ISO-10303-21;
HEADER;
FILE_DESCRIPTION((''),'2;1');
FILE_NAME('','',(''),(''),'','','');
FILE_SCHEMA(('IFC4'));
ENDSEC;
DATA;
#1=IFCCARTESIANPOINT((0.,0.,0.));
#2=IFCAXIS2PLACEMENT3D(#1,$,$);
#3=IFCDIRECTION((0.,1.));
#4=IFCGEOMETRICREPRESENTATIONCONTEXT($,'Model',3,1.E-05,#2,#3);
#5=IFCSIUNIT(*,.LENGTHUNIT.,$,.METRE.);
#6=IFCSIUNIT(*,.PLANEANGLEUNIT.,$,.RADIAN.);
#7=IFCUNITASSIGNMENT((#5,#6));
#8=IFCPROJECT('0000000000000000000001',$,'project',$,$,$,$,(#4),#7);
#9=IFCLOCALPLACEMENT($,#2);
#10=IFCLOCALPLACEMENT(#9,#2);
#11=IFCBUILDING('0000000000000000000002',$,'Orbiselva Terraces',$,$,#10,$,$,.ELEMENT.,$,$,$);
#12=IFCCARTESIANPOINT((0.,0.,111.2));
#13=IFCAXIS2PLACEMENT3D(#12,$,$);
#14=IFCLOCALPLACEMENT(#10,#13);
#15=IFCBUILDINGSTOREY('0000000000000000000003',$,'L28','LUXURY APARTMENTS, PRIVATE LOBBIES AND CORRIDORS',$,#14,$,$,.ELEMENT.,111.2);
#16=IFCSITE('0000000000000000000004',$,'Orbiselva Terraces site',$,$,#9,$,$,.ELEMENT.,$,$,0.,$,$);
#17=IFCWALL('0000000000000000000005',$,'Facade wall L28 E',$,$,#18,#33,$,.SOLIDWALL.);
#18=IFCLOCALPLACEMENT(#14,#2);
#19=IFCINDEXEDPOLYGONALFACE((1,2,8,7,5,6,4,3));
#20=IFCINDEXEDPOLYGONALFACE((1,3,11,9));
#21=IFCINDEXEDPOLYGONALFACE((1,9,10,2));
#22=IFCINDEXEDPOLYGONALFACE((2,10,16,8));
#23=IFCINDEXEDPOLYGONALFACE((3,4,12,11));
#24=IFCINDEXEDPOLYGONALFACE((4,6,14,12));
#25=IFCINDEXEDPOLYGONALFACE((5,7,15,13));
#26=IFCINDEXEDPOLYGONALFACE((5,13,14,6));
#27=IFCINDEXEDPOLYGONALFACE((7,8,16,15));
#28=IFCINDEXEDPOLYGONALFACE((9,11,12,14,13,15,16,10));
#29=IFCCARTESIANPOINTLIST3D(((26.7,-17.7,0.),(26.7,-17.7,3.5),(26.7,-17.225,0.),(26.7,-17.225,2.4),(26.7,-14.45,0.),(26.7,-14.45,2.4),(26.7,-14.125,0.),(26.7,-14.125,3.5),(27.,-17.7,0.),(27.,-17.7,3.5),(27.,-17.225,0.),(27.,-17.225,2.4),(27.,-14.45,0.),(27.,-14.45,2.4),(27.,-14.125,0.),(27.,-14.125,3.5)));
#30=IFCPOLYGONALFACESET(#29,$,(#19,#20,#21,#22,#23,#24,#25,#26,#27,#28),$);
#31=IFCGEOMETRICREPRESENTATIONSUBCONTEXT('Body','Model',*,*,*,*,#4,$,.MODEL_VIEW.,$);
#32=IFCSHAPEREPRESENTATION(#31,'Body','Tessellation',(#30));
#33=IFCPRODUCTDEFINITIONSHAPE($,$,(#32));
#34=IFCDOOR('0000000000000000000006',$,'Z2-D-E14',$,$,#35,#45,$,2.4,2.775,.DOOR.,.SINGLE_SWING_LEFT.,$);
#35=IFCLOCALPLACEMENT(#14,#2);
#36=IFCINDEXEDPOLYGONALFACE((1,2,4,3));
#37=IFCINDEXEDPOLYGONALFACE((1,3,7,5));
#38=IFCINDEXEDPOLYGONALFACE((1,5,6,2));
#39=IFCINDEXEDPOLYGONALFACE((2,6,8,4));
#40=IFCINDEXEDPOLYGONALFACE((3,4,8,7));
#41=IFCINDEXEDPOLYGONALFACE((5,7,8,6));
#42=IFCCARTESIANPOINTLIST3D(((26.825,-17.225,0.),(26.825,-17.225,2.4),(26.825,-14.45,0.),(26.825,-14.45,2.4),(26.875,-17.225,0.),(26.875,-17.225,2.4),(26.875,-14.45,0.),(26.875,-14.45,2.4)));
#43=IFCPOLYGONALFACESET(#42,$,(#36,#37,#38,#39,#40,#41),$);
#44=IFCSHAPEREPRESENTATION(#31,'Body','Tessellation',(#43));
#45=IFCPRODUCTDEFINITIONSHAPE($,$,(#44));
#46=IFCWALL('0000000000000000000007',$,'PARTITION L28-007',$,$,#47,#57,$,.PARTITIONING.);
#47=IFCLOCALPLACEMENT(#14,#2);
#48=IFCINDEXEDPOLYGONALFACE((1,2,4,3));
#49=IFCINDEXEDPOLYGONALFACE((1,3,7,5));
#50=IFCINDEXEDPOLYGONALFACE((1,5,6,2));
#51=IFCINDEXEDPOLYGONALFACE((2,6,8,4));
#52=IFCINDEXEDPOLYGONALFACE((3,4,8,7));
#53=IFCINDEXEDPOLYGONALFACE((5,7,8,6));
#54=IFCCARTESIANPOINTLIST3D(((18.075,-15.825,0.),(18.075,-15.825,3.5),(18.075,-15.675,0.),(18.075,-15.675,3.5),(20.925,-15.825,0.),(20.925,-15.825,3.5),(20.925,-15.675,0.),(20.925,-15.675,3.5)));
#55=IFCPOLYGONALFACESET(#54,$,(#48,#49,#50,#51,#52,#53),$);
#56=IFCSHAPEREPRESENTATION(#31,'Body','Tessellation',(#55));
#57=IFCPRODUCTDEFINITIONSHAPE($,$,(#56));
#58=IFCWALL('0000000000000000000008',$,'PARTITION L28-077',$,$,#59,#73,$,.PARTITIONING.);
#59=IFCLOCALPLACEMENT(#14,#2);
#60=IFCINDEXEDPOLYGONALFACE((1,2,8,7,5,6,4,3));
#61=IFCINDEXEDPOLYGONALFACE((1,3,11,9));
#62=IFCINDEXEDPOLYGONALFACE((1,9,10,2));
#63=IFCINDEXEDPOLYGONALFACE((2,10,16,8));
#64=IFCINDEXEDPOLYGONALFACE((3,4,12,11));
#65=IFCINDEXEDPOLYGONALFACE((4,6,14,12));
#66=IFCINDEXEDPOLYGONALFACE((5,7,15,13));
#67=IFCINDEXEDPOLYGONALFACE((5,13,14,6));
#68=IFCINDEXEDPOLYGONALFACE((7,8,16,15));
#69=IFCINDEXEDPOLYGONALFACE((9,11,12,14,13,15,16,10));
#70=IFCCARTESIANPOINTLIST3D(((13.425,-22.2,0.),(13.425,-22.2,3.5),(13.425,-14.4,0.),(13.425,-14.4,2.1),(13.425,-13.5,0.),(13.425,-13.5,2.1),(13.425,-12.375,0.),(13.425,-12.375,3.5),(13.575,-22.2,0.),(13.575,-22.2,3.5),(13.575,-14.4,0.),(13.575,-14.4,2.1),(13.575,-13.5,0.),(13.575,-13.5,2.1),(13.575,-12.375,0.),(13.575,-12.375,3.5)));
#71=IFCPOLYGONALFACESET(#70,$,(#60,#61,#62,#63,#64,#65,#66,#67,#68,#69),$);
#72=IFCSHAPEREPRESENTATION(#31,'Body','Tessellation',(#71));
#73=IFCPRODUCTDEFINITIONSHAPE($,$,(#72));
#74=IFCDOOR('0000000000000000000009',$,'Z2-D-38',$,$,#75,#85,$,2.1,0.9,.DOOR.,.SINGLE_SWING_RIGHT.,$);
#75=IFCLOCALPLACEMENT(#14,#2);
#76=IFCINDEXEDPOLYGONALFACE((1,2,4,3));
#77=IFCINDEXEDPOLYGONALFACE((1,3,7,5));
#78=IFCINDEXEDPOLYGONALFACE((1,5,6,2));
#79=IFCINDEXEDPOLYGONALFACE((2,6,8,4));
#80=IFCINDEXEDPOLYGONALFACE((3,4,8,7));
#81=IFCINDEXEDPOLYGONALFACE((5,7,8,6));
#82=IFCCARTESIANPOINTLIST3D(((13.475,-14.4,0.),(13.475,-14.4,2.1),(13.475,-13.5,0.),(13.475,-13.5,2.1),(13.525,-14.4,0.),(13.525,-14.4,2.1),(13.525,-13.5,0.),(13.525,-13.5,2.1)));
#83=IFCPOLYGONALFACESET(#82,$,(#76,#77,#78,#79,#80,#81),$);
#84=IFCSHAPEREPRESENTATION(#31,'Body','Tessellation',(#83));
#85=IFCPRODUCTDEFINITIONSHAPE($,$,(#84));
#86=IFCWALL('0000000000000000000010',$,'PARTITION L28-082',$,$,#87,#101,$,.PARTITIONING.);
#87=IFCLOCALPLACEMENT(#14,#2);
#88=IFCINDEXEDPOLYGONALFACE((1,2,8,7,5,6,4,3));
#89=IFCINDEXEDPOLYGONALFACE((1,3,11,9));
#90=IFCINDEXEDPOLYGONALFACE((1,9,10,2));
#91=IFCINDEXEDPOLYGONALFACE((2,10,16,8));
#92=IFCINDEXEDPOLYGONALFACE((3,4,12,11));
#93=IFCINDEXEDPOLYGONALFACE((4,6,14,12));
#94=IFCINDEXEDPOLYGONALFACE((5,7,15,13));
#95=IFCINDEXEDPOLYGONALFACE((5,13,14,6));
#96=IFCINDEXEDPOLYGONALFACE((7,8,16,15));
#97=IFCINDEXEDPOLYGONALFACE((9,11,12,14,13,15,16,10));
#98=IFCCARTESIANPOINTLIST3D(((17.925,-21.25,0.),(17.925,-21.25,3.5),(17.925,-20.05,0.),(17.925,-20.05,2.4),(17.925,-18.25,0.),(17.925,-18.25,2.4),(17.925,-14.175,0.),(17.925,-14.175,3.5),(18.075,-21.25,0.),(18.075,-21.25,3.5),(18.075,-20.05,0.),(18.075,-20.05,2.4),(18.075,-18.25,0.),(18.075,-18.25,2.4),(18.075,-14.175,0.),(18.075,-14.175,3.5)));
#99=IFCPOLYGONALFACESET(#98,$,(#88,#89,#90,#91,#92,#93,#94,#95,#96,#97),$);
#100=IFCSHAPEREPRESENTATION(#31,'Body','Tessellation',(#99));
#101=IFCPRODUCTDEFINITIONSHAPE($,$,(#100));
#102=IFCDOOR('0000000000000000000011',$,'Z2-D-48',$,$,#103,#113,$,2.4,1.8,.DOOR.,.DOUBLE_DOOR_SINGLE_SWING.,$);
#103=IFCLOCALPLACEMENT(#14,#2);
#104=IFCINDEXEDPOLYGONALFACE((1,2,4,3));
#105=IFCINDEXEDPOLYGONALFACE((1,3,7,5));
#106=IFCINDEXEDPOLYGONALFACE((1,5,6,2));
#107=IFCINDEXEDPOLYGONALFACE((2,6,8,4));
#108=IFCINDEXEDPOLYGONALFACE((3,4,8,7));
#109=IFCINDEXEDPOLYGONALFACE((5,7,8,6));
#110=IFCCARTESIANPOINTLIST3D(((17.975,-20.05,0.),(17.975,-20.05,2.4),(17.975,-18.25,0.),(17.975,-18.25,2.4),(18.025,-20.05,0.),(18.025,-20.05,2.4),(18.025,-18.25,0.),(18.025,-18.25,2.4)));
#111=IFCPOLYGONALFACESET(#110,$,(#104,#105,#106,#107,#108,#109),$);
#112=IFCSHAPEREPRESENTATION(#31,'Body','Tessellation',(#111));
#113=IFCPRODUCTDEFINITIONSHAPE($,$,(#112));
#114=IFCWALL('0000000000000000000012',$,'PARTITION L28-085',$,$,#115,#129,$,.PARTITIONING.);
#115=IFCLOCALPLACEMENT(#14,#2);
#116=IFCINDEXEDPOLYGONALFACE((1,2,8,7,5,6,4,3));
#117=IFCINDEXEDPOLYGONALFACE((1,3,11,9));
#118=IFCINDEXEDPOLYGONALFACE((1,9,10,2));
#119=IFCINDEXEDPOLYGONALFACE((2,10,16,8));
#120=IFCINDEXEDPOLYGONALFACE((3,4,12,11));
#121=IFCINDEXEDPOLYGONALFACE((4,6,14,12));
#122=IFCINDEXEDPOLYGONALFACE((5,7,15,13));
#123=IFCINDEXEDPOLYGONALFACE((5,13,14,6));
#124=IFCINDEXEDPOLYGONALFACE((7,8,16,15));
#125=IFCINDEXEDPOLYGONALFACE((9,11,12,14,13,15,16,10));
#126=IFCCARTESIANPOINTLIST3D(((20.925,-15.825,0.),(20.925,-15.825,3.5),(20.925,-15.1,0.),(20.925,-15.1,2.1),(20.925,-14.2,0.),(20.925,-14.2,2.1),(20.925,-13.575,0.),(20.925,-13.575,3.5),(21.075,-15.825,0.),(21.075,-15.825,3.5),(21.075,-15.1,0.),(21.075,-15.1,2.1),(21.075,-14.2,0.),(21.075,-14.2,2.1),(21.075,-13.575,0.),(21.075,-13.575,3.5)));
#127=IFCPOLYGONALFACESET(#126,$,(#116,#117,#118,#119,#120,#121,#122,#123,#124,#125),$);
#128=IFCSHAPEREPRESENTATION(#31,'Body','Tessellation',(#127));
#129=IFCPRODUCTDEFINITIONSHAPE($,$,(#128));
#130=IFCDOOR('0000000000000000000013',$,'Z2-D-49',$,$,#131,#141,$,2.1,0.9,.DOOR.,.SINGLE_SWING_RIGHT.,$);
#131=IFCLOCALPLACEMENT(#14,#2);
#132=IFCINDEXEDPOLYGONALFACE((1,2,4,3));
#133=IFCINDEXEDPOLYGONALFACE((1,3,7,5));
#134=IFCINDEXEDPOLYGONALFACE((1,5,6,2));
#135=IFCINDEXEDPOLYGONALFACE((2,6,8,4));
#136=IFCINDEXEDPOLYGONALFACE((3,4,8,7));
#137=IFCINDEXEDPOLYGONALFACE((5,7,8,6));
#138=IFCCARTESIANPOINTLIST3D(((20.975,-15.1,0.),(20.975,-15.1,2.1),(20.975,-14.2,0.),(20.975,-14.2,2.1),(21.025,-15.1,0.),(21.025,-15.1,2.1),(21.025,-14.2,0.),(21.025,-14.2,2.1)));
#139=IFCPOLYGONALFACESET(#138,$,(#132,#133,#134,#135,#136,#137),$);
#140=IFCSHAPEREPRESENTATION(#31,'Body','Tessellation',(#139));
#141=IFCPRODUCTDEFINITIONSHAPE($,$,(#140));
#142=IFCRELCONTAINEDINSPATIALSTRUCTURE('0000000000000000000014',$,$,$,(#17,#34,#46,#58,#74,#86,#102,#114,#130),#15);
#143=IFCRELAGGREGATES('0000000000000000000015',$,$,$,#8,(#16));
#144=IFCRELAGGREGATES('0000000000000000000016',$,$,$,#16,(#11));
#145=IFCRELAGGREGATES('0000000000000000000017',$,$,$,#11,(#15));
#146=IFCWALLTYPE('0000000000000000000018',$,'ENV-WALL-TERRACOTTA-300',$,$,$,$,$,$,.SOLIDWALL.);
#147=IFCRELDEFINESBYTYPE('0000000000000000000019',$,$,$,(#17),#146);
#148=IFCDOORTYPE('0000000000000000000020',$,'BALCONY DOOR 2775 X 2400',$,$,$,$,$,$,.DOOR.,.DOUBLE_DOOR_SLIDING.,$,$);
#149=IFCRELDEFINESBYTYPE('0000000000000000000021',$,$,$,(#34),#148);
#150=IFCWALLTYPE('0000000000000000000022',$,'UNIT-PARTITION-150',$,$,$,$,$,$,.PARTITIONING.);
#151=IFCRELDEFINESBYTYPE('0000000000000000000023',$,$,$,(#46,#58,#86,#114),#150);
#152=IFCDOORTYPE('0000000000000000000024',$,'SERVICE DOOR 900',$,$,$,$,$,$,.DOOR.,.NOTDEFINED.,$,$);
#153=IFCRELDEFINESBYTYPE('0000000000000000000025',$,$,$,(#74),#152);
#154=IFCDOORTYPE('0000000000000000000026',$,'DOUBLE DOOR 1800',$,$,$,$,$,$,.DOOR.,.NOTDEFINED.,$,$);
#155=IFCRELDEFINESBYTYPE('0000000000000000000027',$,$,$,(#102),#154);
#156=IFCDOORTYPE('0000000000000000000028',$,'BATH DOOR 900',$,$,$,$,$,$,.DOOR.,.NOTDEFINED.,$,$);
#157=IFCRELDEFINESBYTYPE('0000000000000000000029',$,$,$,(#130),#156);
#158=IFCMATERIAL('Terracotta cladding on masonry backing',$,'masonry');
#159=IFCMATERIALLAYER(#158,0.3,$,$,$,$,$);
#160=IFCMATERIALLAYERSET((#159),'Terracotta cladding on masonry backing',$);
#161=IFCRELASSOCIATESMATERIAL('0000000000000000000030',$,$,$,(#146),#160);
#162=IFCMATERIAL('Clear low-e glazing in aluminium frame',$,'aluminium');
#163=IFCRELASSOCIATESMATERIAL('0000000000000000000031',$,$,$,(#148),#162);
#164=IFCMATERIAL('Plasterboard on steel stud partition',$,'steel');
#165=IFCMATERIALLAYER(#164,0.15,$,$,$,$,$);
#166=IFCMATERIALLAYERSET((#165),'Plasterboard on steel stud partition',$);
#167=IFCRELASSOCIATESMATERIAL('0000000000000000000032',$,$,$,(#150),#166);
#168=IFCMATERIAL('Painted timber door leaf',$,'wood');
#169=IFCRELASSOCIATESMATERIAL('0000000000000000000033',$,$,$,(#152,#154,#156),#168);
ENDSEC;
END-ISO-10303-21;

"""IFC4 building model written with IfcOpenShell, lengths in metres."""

from ifc_helpers import new_model, si_unit, direction, frame, frame_2d, origin, place, context, subcontext, project, spatial, rectangle, extrude, material, layer, layer_set, type_object, element, fill, save


model = new_model("IFC4")

# Units and contexts
model_context = context("Model", 3, precision=1e-05, world=origin(), true_north=direction((0.0, 1.0)))
body_context = subcontext(model_context, "Body", "Model", "MODEL_VIEW")
ifc_project = project(units=[si_unit("LENGTHUNIT", "METRE"), si_unit("PLANEANGLEUNIT", "RADIAN")], contexts=[model_context])

# Site, building, storey
site_placement = place(None, origin())
site = spatial("IfcSite", under=ifc_project, at=site_placement, Name="Orbiselva Terraces site", CompositionType="ELEMENT", RefElevation=0.0)
building_placement = place(site_placement, origin())
building = spatial("IfcBuilding", under=site, at=building_placement, Name="Orbiselva Terraces", CompositionType="ELEMENT")
storey_placement = place(building_placement, frame((0.0, 0.0, 111.2)))
storey = spatial("IfcBuildingStorey", under=building, at=storey_placement, Name="L28", Description="LUXURY APARTMENTS, PRIVATE LOBBIES AND CORRIDORS", CompositionType="ELEMENT", Elevation=111.2)

# Shared definitions
ifc_material_1 = material(Name="Terracotta cladding on masonry backing", Category="masonry")
ifc_layer_1 = layer(ifc_material_1, 0.3)
ifc_layer_set_1 = layer_set([ifc_layer_1], Name="Terracotta cladding on masonry backing")
wall_type_1 = type_object("IfcWallType", Name="ENV-WALL-TERRACOTTA-300", PredefinedType="SOLIDWALL", material=ifc_layer_set_1)
ifc_material_2 = material(Name="Clear low-e glazing in aluminium frame", Category="aluminium")
door_type_1 = type_object("IfcDoorType", Name="BALCONY DOOR 2775 X 2400", OperationType="DOUBLE_DOOR_SLIDING", PredefinedType="DOOR", material=ifc_material_2)

# Wall, opening, door
wall_1_placement = place(storey_placement, frame((26.85, -14.125, 0.0), z_axis=(0.0, 0.0, 1.0), x_axis=(0.0, -1.0, 0.0)))
wall_1 = element("IfcWall", 1, at=wall_1_placement, inside=storey, type_object=wall_type_1, Name="Facade wall L28 E", PredefinedType="SOLIDWALL", context=body_context, shape_type="SweptSolid", body=[
    extrude(rectangle(XDim=3.575, YDim=0.3, at=frame_2d((1.7875, 0.0))), origin(), (0.0, 0.0, 1.0), 3.5),
])
opening_1_placement = place(wall_1_placement, frame((0.325, 0.0, 0.0)))
opening_1 = element("IfcOpeningElement", 2, at=opening_1_placement, cuts=wall_1, PredefinedType="OPENING", context=body_context, shape_type="SweptSolid", body=[
    extrude(rectangle(XDim=2.775, YDim=2.4, at=frame_2d((1.3875, 1.2))), frame((0.0, 0.16, 0.0), z_axis=(0.0, -1.0, 0.0), x_axis=(1.0, 0.0, 0.0)), (0.0, 0.0, 1.0), 0.32),
])
door_1_placement = place(opening_1_placement, origin())
door_1 = element("IfcDoor", 3, at=door_1_placement, inside=storey, type_object=door_type_1, Name="Z2-D-E14", OperationType="SINGLE_SWING_LEFT", OverallHeight=2.4, OverallWidth=2.775, PredefinedType="DOOR", context=body_context, shape_type="SweptSolid", body=[
    extrude(rectangle(XDim=2.775, YDim=2.4, at=frame_2d((1.3875, 1.2))), frame((0.0, 0.025, 0.0), z_axis=(0.0, -1.0, 0.0), x_axis=(1.0, 0.0, 0.0)), (0.0, 0.0, 1.0), 0.05),
])
fill(opening_1, door_1)

# Wall
ifc_material_3 = material(Name="Plasterboard on steel stud partition", Category="steel")
ifc_layer_2 = layer(ifc_material_3, 0.15)
ifc_layer_set_2 = layer_set([ifc_layer_2], Name="Plasterboard on steel stud partition")
wall_type_2 = type_object("IfcWallType", Name="UNIT-PARTITION-150", PredefinedType="PARTITIONING", material=ifc_layer_set_2)
wall_2_placement = place(storey_placement, frame((18.075, -15.75, 0.0), z_axis=(0.0, 0.0, 1.0), x_axis=(1.0, 0.0, 0.0)))
element("IfcWall", 4, at=wall_2_placement, inside=storey, type_object=wall_type_2, Name="PARTITION L28-007", PredefinedType="PARTITIONING", context=body_context, shape_type="SweptSolid", body=[
    extrude(rectangle(XDim=2.85, YDim=0.15, at=frame_2d((1.425, 0.0))), origin(), (0.0, 0.0, 1.0), 3.5),
])

# Walls, openings, doors
wall_3_placement = place(storey_placement, frame((13.5, -22.2, 0.0), z_axis=(0.0, 0.0, 1.0), x_axis=(0.0, 1.0, 0.0)))
wall_3 = element("IfcWall", 5, at=wall_3_placement, inside=storey, type_object=wall_type_2, Name="PARTITION L28-077", PredefinedType="PARTITIONING", context=body_context, shape_type="SweptSolid", body=[
    extrude(rectangle(XDim=9.825, YDim=0.15, at=frame_2d((4.9125, 0.0))), origin(), (0.0, 0.0, 1.0), 3.5),
])
opening_2_placement = place(wall_3_placement, frame((7.8, 0.0, 0.0)))
opening_2 = element("IfcOpeningElement", 6, at=opening_2_placement, cuts=wall_3, PredefinedType="OPENING", context=body_context, shape_type="SweptSolid", body=[
    extrude(rectangle(XDim=0.9, YDim=2.1, at=frame_2d((0.45, 1.05))), frame((0.0, 0.085, 0.0), z_axis=(0.0, -1.0, 0.0), x_axis=(1.0, 0.0, 0.0)), (0.0, 0.0, 1.0), 0.17),
])
ifc_material_4 = material(Name="Painted timber door leaf", Category="wood")
door_type_2 = type_object("IfcDoorType", Name="SERVICE DOOR 900", OperationType="NOTDEFINED", PredefinedType="DOOR", material=ifc_material_4)
door_2_placement = place(opening_2_placement, origin())
door_2 = element("IfcDoor", 7, at=door_2_placement, inside=storey, type_object=door_type_2, Name="Z2-D-38", OperationType="SINGLE_SWING_RIGHT", OverallHeight=2.1, OverallWidth=0.9, PredefinedType="DOOR", context=body_context, shape_type="SweptSolid", body=[
    extrude(rectangle(XDim=0.9, YDim=2.1, at=frame_2d((0.45, 1.05))), frame((0.0, 0.025, 0.0), z_axis=(0.0, -1.0, 0.0), x_axis=(1.0, 0.0, 0.0)), (0.0, 0.0, 1.0), 0.05),
])
fill(opening_2, door_2)
wall_4_placement = place(storey_placement, frame((18.0, -14.175, 0.0), z_axis=(0.0, 0.0, 1.0), x_axis=(0.0, -1.0, 0.0)))
wall_4 = element("IfcWall", 8, at=wall_4_placement, inside=storey, type_object=wall_type_2, Name="PARTITION L28-082", PredefinedType="PARTITIONING", context=body_context, shape_type="SweptSolid", body=[
    extrude(rectangle(XDim=7.075, YDim=0.15, at=frame_2d((3.5375, 0.0))), origin(), (0.0, 0.0, 1.0), 3.5),
])
opening_3_placement = place(wall_4_placement, frame((4.075, 0.0, 0.0)))
opening_3 = element("IfcOpeningElement", 9, at=opening_3_placement, cuts=wall_4, PredefinedType="OPENING", context=body_context, shape_type="SweptSolid", body=[
    extrude(rectangle(XDim=1.8, YDim=2.4, at=frame_2d((0.9, 1.2))), frame((0.0, 0.085, 0.0), z_axis=(0.0, -1.0, 0.0), x_axis=(1.0, 0.0, 0.0)), (0.0, 0.0, 1.0), 0.17),
])
door_type_3 = type_object("IfcDoorType", Name="DOUBLE DOOR 1800", OperationType="NOTDEFINED", PredefinedType="DOOR", material=ifc_material_4)
door_3_placement = place(opening_3_placement, origin())
door_3 = element("IfcDoor", 10, at=door_3_placement, inside=storey, type_object=door_type_3, Name="Z2-D-48", OperationType="DOUBLE_DOOR_SINGLE_SWING", OverallHeight=2.4, OverallWidth=1.8, PredefinedType="DOOR", context=body_context, shape_type="SweptSolid", body=[
    extrude(rectangle(XDim=1.8, YDim=2.4, at=frame_2d((0.9, 1.2))), frame((0.0, 0.025, 0.0), z_axis=(0.0, -1.0, 0.0), x_axis=(1.0, 0.0, 0.0)), (0.0, 0.0, 1.0), 0.05),
])
fill(opening_3, door_3)
wall_5_placement = place(storey_placement, frame((21.0, -15.825, 0.0), z_axis=(0.0, 0.0, 1.0), x_axis=(0.0, 1.0, 0.0)))
wall_5 = element("IfcWall", 11, at=wall_5_placement, inside=storey, type_object=wall_type_2, Name="PARTITION L28-085", PredefinedType="PARTITIONING", context=body_context, shape_type="SweptSolid", body=[
    extrude(rectangle(XDim=2.25, YDim=0.15, at=frame_2d((1.125, 0.0))), origin(), (0.0, 0.0, 1.0), 3.5),
])
opening_4_placement = place(wall_5_placement, frame((0.725, 0.0, 0.0)))
opening_4 = element("IfcOpeningElement", 12, at=opening_4_placement, cuts=wall_5, PredefinedType="OPENING", context=body_context, shape_type="SweptSolid", body=[
    extrude(rectangle(XDim=0.9, YDim=2.1, at=frame_2d((0.45, 1.05))), frame((0.0, 0.085, 0.0), z_axis=(0.0, -1.0, 0.0), x_axis=(1.0, 0.0, 0.0)), (0.0, 0.0, 1.0), 0.17),
])
door_type_4 = type_object("IfcDoorType", Name="BATH DOOR 900", OperationType="NOTDEFINED", PredefinedType="DOOR", material=ifc_material_4)
door_4_placement = place(opening_4_placement, origin())
door_4 = element("IfcDoor", 13, at=door_4_placement, inside=storey, type_object=door_type_4, Name="Z2-D-49", OperationType="SINGLE_SWING_RIGHT", OverallHeight=2.1, OverallWidth=0.9, PredefinedType="DOOR", context=body_context, shape_type="SweptSolid", body=[
    extrude(rectangle(XDim=0.9, YDim=2.1, at=frame_2d((0.45, 1.05))), frame((0.0, 0.025, 0.0), z_axis=(0.0, -1.0, 0.0), x_axis=(1.0, 0.0, 0.0)), (0.0, 0.0, 1.0), 0.05),
])
fill(opening_4, door_4)

save(model, "model.ifc")
